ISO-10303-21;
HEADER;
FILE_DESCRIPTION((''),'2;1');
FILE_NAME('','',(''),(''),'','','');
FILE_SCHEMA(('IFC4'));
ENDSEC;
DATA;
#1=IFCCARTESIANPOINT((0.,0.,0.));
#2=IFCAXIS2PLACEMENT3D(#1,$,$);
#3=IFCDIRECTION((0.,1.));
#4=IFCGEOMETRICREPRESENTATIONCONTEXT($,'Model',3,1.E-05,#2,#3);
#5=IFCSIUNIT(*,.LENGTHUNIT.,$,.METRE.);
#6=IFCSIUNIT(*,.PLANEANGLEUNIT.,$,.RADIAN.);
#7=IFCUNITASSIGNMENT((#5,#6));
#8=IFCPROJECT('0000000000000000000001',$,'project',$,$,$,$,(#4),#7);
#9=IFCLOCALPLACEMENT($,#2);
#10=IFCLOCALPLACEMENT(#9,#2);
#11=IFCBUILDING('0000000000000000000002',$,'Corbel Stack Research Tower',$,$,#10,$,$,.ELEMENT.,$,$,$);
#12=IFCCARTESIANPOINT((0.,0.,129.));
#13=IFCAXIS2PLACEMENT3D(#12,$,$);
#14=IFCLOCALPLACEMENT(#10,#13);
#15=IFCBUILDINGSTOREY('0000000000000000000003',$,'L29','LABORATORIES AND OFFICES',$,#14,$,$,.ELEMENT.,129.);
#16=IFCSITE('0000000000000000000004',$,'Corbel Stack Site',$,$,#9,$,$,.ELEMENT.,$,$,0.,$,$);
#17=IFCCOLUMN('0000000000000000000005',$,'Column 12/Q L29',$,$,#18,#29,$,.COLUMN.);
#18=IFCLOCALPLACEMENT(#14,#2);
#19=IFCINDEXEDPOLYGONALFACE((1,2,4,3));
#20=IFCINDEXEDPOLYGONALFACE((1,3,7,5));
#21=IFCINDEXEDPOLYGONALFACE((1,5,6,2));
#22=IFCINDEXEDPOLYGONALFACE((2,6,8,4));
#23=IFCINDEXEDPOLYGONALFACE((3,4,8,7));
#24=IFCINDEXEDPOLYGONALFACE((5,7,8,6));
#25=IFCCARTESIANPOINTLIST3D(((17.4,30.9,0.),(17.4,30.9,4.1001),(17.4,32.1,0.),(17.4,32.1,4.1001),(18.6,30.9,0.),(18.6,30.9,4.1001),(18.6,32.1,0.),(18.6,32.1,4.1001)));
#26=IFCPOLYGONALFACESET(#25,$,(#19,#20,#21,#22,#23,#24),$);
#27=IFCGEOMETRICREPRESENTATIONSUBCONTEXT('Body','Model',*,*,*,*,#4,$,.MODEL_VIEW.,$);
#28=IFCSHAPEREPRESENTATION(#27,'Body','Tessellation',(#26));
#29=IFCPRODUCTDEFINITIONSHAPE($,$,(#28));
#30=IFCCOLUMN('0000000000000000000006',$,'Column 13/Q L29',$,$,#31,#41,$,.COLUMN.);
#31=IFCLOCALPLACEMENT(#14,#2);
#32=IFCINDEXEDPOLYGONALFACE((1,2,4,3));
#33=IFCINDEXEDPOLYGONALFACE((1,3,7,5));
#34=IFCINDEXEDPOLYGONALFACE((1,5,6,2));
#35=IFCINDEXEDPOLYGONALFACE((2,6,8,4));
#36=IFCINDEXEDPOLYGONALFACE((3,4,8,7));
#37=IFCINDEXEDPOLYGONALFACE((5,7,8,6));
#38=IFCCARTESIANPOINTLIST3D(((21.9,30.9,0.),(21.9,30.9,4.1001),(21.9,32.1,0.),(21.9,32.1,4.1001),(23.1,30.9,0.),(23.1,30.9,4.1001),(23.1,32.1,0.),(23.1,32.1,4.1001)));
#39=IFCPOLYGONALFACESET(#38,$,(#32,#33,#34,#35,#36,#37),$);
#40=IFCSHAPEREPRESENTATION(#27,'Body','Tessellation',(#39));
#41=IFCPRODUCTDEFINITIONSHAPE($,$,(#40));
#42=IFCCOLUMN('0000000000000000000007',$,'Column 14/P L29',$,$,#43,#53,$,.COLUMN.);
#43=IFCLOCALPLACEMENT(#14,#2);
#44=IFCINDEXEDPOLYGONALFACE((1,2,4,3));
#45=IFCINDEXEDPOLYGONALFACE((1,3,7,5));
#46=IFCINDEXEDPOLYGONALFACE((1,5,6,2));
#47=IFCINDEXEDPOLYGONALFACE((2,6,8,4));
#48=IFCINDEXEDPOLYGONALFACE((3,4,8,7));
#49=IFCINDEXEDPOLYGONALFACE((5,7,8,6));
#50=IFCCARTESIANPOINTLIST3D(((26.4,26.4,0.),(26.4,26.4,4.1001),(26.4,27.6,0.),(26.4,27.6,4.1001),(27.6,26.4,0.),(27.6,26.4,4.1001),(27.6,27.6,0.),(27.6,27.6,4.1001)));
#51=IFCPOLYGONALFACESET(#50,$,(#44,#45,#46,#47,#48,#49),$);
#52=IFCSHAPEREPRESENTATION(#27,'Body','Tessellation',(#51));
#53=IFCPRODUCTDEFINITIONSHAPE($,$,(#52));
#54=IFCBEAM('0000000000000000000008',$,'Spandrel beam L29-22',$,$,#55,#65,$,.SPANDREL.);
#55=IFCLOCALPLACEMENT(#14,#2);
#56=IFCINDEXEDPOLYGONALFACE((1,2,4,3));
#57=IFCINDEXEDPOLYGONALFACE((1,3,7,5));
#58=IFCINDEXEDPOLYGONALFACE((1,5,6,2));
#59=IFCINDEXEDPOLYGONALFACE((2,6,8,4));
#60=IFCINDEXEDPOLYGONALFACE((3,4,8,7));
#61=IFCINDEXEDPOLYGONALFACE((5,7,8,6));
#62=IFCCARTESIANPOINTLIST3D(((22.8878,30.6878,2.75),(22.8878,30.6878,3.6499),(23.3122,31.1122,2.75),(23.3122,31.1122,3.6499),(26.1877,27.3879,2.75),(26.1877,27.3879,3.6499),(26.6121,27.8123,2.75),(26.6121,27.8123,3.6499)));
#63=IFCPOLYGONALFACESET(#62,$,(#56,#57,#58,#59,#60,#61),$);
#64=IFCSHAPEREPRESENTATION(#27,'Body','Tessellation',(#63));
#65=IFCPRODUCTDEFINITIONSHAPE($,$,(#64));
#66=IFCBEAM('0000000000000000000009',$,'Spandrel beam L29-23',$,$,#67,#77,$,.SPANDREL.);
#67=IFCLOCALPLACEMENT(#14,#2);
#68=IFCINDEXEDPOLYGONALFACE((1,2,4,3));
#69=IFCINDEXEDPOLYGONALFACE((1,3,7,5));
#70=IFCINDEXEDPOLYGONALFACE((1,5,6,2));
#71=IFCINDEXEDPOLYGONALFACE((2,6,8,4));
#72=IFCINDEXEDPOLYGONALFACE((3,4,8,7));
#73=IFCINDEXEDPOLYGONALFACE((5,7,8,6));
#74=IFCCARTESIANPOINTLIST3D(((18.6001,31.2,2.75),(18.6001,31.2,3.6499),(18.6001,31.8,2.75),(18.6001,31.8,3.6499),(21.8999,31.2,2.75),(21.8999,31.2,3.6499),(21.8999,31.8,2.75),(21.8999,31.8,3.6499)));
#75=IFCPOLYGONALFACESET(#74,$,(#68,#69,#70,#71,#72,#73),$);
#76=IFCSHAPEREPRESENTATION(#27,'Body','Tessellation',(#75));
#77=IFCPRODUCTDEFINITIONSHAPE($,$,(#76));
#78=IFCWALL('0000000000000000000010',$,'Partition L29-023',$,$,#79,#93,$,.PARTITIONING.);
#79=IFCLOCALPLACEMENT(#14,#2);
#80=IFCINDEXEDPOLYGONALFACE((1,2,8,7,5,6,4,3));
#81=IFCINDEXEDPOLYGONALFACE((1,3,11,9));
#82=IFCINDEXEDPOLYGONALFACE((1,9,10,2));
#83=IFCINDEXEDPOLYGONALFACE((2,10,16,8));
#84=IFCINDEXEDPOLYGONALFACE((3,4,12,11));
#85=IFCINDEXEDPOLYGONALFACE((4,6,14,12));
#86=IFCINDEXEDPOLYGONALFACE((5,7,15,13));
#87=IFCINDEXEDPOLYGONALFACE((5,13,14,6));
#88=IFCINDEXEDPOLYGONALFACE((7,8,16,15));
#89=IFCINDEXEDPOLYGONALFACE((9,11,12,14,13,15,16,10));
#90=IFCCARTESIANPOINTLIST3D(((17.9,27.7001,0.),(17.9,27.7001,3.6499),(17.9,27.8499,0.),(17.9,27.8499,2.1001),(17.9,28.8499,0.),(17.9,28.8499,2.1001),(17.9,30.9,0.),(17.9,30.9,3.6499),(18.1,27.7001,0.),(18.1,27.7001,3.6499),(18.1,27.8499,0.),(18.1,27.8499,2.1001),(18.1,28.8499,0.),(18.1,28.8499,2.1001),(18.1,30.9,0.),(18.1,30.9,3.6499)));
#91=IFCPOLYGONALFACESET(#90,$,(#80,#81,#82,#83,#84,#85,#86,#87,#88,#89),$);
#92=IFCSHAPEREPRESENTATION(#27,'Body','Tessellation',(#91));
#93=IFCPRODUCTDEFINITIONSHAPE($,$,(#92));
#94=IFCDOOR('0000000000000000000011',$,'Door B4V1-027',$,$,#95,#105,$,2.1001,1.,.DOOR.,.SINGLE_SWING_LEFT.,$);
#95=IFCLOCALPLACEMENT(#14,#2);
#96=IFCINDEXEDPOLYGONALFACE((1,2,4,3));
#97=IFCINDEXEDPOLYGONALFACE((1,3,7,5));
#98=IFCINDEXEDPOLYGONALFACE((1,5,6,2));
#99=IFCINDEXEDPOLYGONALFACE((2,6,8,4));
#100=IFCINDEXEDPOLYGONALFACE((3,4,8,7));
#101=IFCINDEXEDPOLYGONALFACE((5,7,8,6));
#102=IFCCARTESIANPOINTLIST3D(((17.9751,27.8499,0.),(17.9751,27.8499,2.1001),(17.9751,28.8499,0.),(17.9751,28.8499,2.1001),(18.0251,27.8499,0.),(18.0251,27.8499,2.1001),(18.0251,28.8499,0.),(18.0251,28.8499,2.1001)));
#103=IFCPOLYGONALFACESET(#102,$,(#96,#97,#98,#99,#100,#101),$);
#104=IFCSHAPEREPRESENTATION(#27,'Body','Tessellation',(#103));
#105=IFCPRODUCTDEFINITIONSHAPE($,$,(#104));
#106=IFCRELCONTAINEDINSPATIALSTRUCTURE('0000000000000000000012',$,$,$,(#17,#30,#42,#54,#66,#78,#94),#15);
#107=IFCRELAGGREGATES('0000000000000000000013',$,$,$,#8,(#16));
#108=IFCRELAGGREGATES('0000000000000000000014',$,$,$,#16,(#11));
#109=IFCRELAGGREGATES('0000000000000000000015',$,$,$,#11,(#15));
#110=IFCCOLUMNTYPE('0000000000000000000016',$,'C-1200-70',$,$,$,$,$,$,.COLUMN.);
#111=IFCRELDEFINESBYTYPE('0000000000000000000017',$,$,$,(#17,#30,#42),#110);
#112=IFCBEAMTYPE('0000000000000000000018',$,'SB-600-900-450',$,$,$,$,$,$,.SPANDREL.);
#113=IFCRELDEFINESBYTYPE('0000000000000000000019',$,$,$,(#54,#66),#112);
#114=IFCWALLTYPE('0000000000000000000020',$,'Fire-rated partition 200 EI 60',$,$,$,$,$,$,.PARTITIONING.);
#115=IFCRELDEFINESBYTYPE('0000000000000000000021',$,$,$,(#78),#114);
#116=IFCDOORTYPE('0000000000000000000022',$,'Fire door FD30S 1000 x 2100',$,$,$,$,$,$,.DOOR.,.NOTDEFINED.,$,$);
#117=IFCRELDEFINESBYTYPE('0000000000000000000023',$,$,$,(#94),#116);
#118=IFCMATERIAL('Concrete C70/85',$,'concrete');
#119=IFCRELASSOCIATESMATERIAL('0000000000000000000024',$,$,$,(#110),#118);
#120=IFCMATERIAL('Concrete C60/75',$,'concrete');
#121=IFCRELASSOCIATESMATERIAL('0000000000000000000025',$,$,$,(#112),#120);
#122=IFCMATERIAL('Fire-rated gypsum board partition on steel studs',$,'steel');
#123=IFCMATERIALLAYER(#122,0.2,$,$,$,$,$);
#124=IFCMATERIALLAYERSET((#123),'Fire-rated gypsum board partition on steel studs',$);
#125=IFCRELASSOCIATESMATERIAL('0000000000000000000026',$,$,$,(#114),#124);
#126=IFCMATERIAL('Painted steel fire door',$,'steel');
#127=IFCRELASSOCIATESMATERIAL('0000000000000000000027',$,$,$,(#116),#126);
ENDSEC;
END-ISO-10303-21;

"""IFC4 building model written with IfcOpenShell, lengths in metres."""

from ifc_helpers import new_model, si_unit, direction, frame, frame_2d, origin, origin_2d, place, context, subcontext, project, spatial, rectangle, extrude, material, layer, layer_set, material_profile, profile_set, type_object, element, fill, save


model = new_model("IFC4")

# Units and contexts
model_context = context("Model", 3, precision=1e-05, world=origin(), true_north=direction((0.0, 1.0)))
body_context = subcontext(model_context, "Body", "Model", "MODEL_VIEW")
ifc_project = project(units=[si_unit("LENGTHUNIT", "METRE"), si_unit("PLANEANGLEUNIT", "RADIAN")], contexts=[model_context])

# Site, building, storey
site_placement = place(None, origin())
site = spatial("IfcSite", under=ifc_project, at=site_placement, Name="Corbel Stack Site", CompositionType="ELEMENT", RefElevation=0.0)
building_placement = place(site_placement, origin())
building = spatial("IfcBuilding", under=site, at=building_placement, Name="Corbel Stack Research Tower", CompositionType="ELEMENT")
storey_placement = place(building_placement, frame((0.0, 0.0, 129.0)))
storey = spatial("IfcBuildingStorey", under=building, at=storey_placement, Name="L29", Description="LABORATORIES AND OFFICES", CompositionType="ELEMENT", Elevation=129.0)

# Columns
ifc_material_1 = material(Name="Concrete C70/85", Category="concrete")
ifc_material_profile_1 = material_profile(ifc_material_1, rectangle(XDim=1.2, YDim=1.2, at=origin_2d()), Name="RC 1200 x 1200")
ifc_profile_set_1 = profile_set([ifc_material_profile_1], Name="Concrete C70/85")
column_type = type_object("IfcColumnType", Name="C-1200-70", PredefinedType="COLUMN", material=ifc_profile_set_1)
for number, where, z_axis, x_axis, name in (
    (1, (18.0, 31.5, 0.0), (0.0, 0.0, 1.0), (1.0, 0.0, 0.0), "Column 12/Q L29"),
    (2, (22.5, 31.5, 0.0), (0.0, 0.0, 1.0), (1.0, 0.0, 0.0), "Column 13/Q L29"),
    (3, (27.0, 27.0, 0.0), (0.0, 0.0, 1.0), (1.0, 0.0, 0.0), "Column 14/P L29"),
):
    element("IfcColumn", number, at=place(storey_placement, frame(where, z_axis=z_axis, x_axis=x_axis)), inside=storey, type_object=column_type, Name=name, PredefinedType="COLUMN", context=body_context, shape_type="SweptSolid", body=[
        extrude(rectangle(XDim=1.2, YDim=1.2, at=origin_2d()), origin(), (0.0, 0.0, 1.0), 4.1001),
    ])

# Beams
ifc_material_2 = material(Name="Concrete C60/75", Category="concrete")
ifc_material_profile_2 = material_profile(ifc_material_2, rectangle(XDim=0.6001, YDim=0.8999, at=origin_2d()), Name="RC 600 x 900")
ifc_profile_set_2 = profile_set([ifc_material_profile_2], Name="Concrete C60/75")
beam_type = type_object("IfcBeamType", Name="SB-600-900-450", PredefinedType="SPANDREL", material=ifc_profile_set_2)
beam_1_placement = place(storey_placement, frame((26.3999, 27.6001, 3.2), z_axis=(-0.707107, 0.707107, 0.0), x_axis=(-0.707107, -0.707107, 0.0)))
element("IfcBeam", 4, at=beam_1_placement, inside=storey, type_object=beam_type, Name="Spandrel beam L29-22", PredefinedType="SPANDREL", context=body_context, shape_type="SweptSolid", body=[
    extrude(rectangle(XDim=0.6001, YDim=0.8999, at=origin_2d()), origin(), (0.0, 0.0, 1.0), 4.6667),
])
beam_2_placement = place(storey_placement, frame((21.8999, 31.5, 3.2), z_axis=(-1.0, 0.0, 0.0), x_axis=(0.0, -1.0, 0.0)))
element("IfcBeam", 5, at=beam_2_placement, inside=storey, type_object=beam_type, Name="Spandrel beam L29-23", PredefinedType="SPANDREL", context=body_context, shape_type="SweptSolid", body=[
    extrude(rectangle(XDim=0.6001, YDim=0.8999, at=origin_2d()), origin(), (0.0, 0.0, 1.0), 3.2998),
])

# Wall, opening, door
ifc_material_3 = material(Name="Fire-rated gypsum board partition on steel studs", Category="steel")
ifc_layer_1 = layer(ifc_material_3, 0.2)
ifc_layer_set_1 = layer_set([ifc_layer_1], Name="Fire-rated gypsum board partition on steel studs")
wall_type_1 = type_object("IfcWallType", Name="Fire-rated partition 200 EI 60", PredefinedType="PARTITIONING", material=ifc_layer_set_1)
wall_1_placement = place(storey_placement, frame((18.0, 27.7, 0.0), z_axis=(0.0, 0.0, 1.0), x_axis=(0.0, 1.0, 0.0)))
wall_1 = element("IfcWall", 6, at=wall_1_placement, inside=storey, type_object=wall_type_1, Name="Partition L29-023", PredefinedType="PARTITIONING", context=body_context, shape_type="SweptSolid", body=[
    extrude(rectangle(XDim=3.2, YDim=0.2, at=frame_2d((1.6001, 0.0))), origin(), (0.0, 0.0, 1.0), 3.6499),
])
opening_1_placement = place(wall_1_placement, frame((0.1499, 0.0, 0.0)))
opening_1 = element("IfcOpeningElement", 7, at=opening_1_placement, cuts=wall_1, PredefinedType="OPENING", context=body_context, shape_type="SweptSolid", body=[
    extrude(rectangle(XDim=1.0, YDim=2.1001, at=frame_2d((0.5, 1.05))), frame((0.0, 0.1099, 0.0), z_axis=(0.0, -1.0, 0.0), x_axis=(1.0, 0.0, 0.0)), (0.0, 0.0, 1.0), 0.22),
])
ifc_material_4 = material(Name="Painted steel fire door", Category="steel")
door_type_1 = type_object("IfcDoorType", Name="Fire door FD30S 1000 x 2100", OperationType="NOTDEFINED", PredefinedType="DOOR", material=ifc_material_4)
door_1_placement = place(opening_1_placement, origin())
door_1 = element("IfcDoor", 8, at=door_1_placement, inside=storey, type_object=door_type_1, Name="Door B4V1-027", OperationType="SINGLE_SWING_LEFT", OverallHeight=2.1001, OverallWidth=1.0, PredefinedType="DOOR", context=body_context, shape_type="SweptSolid", body=[
    extrude(rectangle(XDim=1.0, YDim=2.1001, at=frame_2d((0.5, 1.05))), frame((0.0, 0.0249, 0.0), z_axis=(0.0, -1.0, 0.0), x_axis=(1.0, 0.0, 0.0)), (0.0, 0.0, 1.0), 0.05),
])
fill(opening_1, door_1)

save(model, "model.ifc")
